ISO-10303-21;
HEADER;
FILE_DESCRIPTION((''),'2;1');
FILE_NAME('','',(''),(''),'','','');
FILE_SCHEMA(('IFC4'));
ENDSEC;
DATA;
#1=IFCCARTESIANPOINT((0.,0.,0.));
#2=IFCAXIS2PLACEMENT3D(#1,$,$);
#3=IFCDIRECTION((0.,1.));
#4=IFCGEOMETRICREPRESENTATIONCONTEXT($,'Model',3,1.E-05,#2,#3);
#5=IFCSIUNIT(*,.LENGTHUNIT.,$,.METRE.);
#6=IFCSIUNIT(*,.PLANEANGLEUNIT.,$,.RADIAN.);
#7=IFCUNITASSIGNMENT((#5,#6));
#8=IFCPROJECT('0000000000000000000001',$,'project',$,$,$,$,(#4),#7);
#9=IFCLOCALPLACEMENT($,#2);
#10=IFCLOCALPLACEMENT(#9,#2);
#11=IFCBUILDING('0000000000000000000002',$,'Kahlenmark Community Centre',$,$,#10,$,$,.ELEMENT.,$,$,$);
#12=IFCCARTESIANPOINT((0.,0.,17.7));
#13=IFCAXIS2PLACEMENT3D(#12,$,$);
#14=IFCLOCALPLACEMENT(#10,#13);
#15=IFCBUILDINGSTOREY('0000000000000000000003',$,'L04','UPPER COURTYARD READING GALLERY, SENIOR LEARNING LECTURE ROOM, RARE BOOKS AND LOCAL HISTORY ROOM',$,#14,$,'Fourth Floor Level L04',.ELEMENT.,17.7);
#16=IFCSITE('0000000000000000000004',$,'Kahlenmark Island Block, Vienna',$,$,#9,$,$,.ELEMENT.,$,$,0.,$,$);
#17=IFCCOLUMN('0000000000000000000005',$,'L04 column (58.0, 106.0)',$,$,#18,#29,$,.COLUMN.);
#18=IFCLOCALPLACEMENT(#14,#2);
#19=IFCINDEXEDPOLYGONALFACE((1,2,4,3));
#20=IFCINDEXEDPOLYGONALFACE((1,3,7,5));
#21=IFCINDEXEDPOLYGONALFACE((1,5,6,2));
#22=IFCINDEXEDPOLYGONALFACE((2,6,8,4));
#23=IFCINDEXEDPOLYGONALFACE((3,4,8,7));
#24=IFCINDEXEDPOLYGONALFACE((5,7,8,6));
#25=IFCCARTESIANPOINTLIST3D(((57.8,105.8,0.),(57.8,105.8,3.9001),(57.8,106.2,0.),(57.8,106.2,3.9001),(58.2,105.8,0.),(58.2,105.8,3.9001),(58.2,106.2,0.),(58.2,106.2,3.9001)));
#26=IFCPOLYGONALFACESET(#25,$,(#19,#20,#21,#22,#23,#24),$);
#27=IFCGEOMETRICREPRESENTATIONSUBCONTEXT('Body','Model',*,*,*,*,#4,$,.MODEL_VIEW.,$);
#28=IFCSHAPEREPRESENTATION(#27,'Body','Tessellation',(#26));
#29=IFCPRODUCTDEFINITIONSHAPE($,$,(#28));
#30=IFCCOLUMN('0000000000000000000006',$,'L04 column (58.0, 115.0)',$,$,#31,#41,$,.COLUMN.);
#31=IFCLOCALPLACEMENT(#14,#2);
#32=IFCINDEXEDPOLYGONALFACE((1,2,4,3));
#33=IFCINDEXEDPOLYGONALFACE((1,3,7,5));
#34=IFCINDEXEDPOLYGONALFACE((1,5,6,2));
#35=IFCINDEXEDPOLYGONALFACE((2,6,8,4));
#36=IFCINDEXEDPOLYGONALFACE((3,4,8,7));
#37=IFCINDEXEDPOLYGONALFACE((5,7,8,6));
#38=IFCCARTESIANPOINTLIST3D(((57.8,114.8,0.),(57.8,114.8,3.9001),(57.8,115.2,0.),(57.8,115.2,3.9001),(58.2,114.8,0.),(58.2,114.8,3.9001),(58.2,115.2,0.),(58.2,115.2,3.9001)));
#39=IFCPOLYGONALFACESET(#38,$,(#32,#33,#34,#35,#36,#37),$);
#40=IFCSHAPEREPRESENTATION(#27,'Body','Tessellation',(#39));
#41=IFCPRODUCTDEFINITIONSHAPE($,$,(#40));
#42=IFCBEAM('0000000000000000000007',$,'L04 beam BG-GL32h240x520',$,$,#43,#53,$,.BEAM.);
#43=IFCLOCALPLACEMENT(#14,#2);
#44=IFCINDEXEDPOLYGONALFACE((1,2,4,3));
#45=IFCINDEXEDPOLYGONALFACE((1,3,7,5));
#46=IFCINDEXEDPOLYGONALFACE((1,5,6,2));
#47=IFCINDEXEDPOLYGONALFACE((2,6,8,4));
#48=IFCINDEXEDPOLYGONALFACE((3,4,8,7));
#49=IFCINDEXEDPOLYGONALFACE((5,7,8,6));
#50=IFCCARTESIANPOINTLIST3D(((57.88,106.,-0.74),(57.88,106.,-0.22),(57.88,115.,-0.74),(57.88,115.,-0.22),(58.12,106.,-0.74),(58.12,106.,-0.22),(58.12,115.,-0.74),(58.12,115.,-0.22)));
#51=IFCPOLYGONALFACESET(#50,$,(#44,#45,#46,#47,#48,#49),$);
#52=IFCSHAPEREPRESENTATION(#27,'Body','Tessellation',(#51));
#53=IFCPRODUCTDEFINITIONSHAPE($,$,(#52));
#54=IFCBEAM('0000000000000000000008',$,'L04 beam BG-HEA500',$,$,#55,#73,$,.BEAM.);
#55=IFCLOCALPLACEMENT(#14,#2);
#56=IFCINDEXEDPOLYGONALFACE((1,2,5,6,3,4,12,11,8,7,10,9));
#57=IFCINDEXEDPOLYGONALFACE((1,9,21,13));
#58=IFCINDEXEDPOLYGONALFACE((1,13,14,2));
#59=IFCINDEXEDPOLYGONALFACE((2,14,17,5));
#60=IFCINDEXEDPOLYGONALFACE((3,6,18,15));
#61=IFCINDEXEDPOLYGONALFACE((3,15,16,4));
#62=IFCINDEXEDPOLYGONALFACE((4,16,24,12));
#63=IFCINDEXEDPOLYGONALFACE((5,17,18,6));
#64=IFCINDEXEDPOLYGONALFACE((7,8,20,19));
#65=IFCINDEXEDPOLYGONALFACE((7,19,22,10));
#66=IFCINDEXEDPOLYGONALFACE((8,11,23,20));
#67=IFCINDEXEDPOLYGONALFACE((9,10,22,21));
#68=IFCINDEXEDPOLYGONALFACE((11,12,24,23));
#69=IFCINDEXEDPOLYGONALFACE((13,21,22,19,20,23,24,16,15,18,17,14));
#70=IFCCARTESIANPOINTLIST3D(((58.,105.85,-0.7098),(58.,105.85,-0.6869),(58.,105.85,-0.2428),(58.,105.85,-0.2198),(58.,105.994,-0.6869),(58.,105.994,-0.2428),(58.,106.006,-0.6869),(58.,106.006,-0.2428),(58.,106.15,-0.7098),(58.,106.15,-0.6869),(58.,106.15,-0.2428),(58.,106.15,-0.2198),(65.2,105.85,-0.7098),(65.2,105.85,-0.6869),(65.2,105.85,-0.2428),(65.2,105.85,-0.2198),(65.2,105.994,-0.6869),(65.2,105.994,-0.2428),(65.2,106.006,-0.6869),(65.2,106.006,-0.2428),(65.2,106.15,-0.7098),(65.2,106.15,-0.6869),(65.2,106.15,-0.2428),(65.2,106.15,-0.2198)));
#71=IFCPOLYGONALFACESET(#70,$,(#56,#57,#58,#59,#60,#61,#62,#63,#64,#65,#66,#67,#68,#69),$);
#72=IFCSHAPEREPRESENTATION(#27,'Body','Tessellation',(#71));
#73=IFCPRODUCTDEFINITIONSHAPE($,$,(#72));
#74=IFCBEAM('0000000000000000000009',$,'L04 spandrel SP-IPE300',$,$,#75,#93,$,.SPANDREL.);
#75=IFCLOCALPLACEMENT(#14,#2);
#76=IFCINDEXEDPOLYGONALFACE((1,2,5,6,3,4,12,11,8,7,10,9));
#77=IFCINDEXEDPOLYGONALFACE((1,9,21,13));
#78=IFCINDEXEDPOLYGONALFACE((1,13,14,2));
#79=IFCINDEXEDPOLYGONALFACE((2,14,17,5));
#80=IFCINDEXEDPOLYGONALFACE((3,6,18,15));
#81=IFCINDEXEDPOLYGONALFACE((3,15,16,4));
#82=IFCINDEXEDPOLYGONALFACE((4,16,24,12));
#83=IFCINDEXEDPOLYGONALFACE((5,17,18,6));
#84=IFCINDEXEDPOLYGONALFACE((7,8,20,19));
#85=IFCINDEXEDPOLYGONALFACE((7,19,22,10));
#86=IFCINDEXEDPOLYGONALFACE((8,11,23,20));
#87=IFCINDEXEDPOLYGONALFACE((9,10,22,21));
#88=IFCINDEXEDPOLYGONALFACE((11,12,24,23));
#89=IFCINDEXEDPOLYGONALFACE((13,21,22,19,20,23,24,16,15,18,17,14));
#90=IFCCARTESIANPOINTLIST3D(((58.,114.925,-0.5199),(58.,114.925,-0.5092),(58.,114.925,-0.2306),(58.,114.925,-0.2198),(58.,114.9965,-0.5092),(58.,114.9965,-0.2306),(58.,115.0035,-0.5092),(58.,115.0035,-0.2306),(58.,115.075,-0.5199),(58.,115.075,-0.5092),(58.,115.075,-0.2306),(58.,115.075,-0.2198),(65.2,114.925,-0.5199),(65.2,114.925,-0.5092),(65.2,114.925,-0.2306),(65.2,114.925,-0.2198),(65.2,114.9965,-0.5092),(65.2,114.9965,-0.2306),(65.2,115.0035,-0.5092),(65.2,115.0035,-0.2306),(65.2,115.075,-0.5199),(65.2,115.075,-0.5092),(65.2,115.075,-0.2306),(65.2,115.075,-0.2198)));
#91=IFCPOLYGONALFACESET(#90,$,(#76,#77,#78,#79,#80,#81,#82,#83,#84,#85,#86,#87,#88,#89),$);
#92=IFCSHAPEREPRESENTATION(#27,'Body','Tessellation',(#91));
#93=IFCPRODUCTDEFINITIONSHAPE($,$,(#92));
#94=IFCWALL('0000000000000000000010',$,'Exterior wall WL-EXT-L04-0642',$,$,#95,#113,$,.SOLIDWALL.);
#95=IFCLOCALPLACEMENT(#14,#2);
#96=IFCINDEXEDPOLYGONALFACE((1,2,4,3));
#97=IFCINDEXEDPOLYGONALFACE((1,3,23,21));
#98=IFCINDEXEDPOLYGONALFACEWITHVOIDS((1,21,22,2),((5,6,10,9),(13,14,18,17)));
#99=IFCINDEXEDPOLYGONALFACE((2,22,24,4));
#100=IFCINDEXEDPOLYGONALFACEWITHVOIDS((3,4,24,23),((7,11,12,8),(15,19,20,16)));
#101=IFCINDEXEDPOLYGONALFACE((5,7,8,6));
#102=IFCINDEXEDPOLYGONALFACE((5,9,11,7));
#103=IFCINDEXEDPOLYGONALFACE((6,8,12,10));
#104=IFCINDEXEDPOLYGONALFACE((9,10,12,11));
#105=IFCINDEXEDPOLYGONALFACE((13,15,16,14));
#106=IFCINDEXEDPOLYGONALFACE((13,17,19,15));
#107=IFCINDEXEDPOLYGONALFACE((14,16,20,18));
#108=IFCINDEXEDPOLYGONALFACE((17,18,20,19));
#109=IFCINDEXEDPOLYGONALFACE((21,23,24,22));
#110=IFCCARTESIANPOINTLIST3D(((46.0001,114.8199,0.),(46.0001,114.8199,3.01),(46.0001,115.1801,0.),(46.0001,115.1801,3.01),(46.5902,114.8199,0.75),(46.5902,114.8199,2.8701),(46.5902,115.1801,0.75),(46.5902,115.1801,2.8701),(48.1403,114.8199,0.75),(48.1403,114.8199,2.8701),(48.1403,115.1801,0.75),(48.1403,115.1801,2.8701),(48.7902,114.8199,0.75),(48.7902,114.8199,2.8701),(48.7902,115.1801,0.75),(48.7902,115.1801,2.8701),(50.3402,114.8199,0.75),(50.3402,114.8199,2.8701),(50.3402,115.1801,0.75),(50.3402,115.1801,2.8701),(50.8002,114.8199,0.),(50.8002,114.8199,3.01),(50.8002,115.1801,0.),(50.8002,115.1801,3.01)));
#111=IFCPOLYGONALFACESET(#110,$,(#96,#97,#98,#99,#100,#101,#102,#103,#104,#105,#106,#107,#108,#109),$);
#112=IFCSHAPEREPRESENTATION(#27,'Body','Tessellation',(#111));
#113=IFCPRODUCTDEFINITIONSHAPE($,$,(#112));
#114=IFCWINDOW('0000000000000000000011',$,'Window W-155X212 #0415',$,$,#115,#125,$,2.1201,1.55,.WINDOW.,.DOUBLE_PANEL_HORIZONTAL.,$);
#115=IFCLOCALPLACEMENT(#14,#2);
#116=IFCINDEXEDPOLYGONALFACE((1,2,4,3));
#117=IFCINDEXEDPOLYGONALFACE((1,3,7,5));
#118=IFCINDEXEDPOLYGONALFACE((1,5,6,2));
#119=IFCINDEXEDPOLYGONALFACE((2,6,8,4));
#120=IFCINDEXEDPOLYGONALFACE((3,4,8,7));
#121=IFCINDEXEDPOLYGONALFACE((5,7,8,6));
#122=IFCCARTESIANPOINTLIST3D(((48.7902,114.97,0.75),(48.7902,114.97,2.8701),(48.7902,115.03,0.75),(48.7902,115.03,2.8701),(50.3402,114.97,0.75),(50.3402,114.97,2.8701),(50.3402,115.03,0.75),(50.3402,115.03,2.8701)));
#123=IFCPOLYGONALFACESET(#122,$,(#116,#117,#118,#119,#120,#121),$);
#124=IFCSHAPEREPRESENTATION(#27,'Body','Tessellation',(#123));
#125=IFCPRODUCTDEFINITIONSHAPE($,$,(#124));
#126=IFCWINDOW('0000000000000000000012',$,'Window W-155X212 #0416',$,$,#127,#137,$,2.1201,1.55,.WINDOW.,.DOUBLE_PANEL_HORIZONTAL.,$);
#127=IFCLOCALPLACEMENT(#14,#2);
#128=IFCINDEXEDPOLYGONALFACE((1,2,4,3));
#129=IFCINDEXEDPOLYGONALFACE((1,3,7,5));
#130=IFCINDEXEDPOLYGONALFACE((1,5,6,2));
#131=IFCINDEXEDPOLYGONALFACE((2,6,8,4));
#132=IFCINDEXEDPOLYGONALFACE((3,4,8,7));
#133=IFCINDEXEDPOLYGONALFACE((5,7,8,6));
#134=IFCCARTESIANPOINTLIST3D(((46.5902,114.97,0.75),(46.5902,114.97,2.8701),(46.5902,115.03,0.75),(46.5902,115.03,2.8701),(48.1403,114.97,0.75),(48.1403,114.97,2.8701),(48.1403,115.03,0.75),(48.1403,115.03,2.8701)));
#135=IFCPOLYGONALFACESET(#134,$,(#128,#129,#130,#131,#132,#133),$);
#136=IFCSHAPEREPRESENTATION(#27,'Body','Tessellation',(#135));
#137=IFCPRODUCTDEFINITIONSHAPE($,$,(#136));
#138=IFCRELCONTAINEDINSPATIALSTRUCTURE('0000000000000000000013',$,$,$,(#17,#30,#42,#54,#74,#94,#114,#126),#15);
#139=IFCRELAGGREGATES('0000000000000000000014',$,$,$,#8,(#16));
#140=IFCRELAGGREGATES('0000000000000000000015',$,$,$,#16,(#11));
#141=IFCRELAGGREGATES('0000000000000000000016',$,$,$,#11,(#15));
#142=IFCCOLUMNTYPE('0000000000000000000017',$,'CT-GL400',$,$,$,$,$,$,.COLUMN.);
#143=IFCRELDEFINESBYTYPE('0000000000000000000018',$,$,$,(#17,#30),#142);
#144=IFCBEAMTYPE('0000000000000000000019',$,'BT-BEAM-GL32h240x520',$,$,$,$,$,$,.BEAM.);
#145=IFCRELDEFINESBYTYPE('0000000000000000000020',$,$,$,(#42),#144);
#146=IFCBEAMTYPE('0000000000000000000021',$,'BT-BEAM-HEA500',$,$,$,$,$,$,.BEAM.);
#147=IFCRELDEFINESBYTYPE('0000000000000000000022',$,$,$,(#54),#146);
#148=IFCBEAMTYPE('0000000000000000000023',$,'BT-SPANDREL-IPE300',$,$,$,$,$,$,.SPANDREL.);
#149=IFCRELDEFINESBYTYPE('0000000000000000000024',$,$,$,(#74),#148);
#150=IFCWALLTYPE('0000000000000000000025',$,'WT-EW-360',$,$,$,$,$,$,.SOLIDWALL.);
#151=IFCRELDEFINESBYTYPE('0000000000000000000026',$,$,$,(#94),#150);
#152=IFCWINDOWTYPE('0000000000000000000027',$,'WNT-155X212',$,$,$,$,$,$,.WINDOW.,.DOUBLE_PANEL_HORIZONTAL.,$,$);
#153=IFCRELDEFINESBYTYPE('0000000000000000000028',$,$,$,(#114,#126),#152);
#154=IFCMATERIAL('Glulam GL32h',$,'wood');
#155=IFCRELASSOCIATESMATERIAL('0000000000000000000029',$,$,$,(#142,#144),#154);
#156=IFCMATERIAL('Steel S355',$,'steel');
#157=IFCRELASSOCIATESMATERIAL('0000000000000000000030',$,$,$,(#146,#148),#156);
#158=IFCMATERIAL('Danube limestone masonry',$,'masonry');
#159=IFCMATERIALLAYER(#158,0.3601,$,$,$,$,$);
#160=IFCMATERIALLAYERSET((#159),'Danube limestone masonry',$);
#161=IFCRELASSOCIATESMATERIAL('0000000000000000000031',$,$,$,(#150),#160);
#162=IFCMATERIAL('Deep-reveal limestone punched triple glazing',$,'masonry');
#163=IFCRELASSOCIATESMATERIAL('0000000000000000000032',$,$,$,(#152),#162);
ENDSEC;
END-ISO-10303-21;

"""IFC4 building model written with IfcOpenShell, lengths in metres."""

from ifc_helpers import new_model, si_unit, direction, frame, frame_2d, origin, origin_2d, place, context, subcontext, project, spatial, rectangle, i_section, extrude, material, layer, layer_set, material_profile, profile_set, type_object, element, fill, save


model = new_model("IFC4")

# Units and contexts
model_context = context("Model", 3, precision=1e-05, world=origin(), true_north=direction((0.0, 1.0)))
body_context = subcontext(model_context, "Body", "Model", "MODEL_VIEW")
ifc_project = project(units=[si_unit("LENGTHUNIT", "METRE"), si_unit("PLANEANGLEUNIT", "RADIAN")], contexts=[model_context])

# Site, building, storey
site_placement = place(None, origin())
site = spatial("IfcSite", under=ifc_project, at=site_placement, Name="Kahlenmark Island Block, Vienna", CompositionType="ELEMENT", RefElevation=0.0)
building_placement = place(site_placement, origin())
building = spatial("IfcBuilding", under=site, at=building_placement, Name="Kahlenmark Community Centre", CompositionType="ELEMENT")
storey_placement = place(building_placement, frame((0.0, 0.0, 17.7)))
storey = spatial("IfcBuildingStorey", under=building, at=storey_placement, Name="L04", Description="UPPER COURTYARD READING GALLERY, SENIOR LEARNING LECTURE ROOM, RARE BOOKS AND LOCAL HISTORY ROOM", LongName="Fourth Floor Level L04", CompositionType="ELEMENT", Elevation=17.7)

# Columns
ifc_material_1 = material(Name="Glulam GL32h", Category="wood")
ifc_material_profile_1 = material_profile(ifc_material_1, rectangle(XDim=0.3999, YDim=0.3999, at=origin_2d()), Name="GL32h 400x400")
ifc_profile_set_1 = profile_set([ifc_material_profile_1], Name="Glulam GL32h")
column_type = type_object("IfcColumnType", Name="CT-GL400", PredefinedType="COLUMN", material=ifc_profile_set_1)
for number, where, z_axis, x_axis, name in (
    (1, (58.0, 106.0, 0.0), (0.0, 0.0, 1.0), (1.0, 0.0, 0.0), "L04 column (58.0, 106.0)"),
    (2, (58.0, 115.0, 0.0), (0.0, 0.0, 1.0), (1.0, 0.0, 0.0), "L04 column (58.0, 115.0)"),
):
    element("IfcColumn", number, at=place(storey_placement, frame(where, z_axis=z_axis, x_axis=x_axis)), inside=storey, type_object=column_type, Name=name, PredefinedType="COLUMN", context=body_context, shape_type="SweptSolid", body=[
        extrude(rectangle(XDim=0.3999, YDim=0.3999, at=origin_2d()), origin(), (0.0, 0.0, 1.0), 3.9001),
    ])

# Beams
ifc_material_profile_2 = material_profile(ifc_material_1, rectangle(XDim=0.24, YDim=0.52, at=origin_2d()), Name="GL32h 240x520")
ifc_profile_set_2 = profile_set([ifc_material_profile_2], Name="Glulam GL32h")
beam_type_1 = type_object("IfcBeamType", Name="BT-BEAM-GL32h240x520", PredefinedType="BEAM", material=ifc_profile_set_2)
beam_1_placement = place(storey_placement, frame((58.0, 106.0, -0.48), z_axis=(0.0, 1.0, 0.0), x_axis=(-1.0, 0.0, 0.0)))
element("IfcBeam", 3, at=beam_1_placement, inside=storey, type_object=beam_type_1, Name="L04 beam BG-GL32h240x520", PredefinedType="BEAM", context=body_context, shape_type="SweptSolid", body=[
    extrude(rectangle(XDim=0.24, YDim=0.52, at=origin_2d()), origin(), (0.0, 0.0, 1.0), 9.0),
])
ifc_material_2 = material(Name="Steel S355", Category="steel")
ifc_material_profile_3 = material_profile(ifc_material_2, i_section(OverallWidth=0.3, OverallDepth=0.49, WebThickness=0.012, FlangeThickness=0.0229, at=origin_2d()), Name="HEA 500")
ifc_profile_set_3 = profile_set([ifc_material_profile_3], Name="Steel S355")
beam_type_2 = type_object("IfcBeamType", Name="BT-BEAM-HEA500", PredefinedType="BEAM", material=ifc_profile_set_3)
beam_2_placement = place(storey_placement, frame((58.0, 106.0, -0.4648), z_axis=(1.0, 0.0, 0.0), x_axis=(0.0, 1.0, 0.0)))
element("IfcBeam", 4, at=beam_2_placement, inside=storey, type_object=beam_type_2, Name="L04 beam BG-HEA500", PredefinedType="BEAM", context=body_context, shape_type="SweptSolid", body=[
    extrude(i_section(OverallWidth=0.3, OverallDepth=0.49, WebThickness=0.012, FlangeThickness=0.0229, at=origin_2d()), origin(), (0.0, 0.0, 1.0), 7.2),
])
ifc_material_profile_4 = material_profile(ifc_material_2, i_section(OverallWidth=0.1499, OverallDepth=0.3, WebThickness=0.0071, FlangeThickness=0.0107, at=origin_2d()), Name="IPE 300")
ifc_profile_set_4 = profile_set([ifc_material_profile_4], Name="Steel S355")
beam_type_3 = type_object("IfcBeamType", Name="BT-SPANDREL-IPE300", PredefinedType="SPANDREL", material=ifc_profile_set_4)
beam_3_placement = place(storey_placement, frame((58.0, 115.0, -0.3699), z_axis=(1.0, 0.0, 0.0), x_axis=(0.0, 1.0, 0.0)))
element("IfcBeam", 5, at=beam_3_placement, inside=storey, type_object=beam_type_3, Name="L04 spandrel SP-IPE300", PredefinedType="SPANDREL", context=body_context, shape_type="SweptSolid", body=[
    extrude(i_section(OverallWidth=0.1499, OverallDepth=0.3, WebThickness=0.0071, FlangeThickness=0.0107, at=origin_2d()), origin(), (0.0, 0.0, 1.0), 7.2),
])

# Wall, openings, windows
ifc_material_3 = material(Name="Danube limestone masonry", Category="masonry")
ifc_layer_1 = layer(ifc_material_3, 0.3601)
ifc_layer_set_1 = layer_set([ifc_layer_1], Name="Danube limestone masonry")
wall_type_1 = type_object("IfcWallType", Name="WT-EW-360", PredefinedType="SOLIDWALL", material=ifc_layer_set_1)
wall_1_placement = place(storey_placement, frame((50.8, 115.0, 0.0), z_axis=(0.0, 0.0, 1.0), x_axis=(-1.0, 0.0, 0.0)))
wall_1 = element("IfcWall", 6, at=wall_1_placement, inside=storey, type_object=wall_type_1, Name="Exterior wall WL-EXT-L04-0642", PredefinedType="SOLIDWALL", context=body_context, shape_type="SweptSolid", body=[
    extrude(rectangle(XDim=4.8, YDim=0.3601, at=frame_2d((2.3999, 0.0))), origin(), (0.0, 0.0, 1.0), 3.01),
])
opening_1_placement = place(wall_1_placement, frame((0.46, 0.0, 0.75)))
opening_1 = element("IfcOpeningElement", 7, at=opening_1_placement, cuts=wall_1, PredefinedType="OPENING", context=body_context, shape_type="SweptSolid", body=[
    extrude(rectangle(XDim=1.55, YDim=2.1201, at=frame_2d((0.7749, 1.0601))), frame((0.0, 0.1899, 0.0), z_axis=(0.0, -1.0, 0.0), x_axis=(1.0, 0.0, 0.0)), (0.0, 0.0, 1.0), 0.3801),
])
opening_2_placement = place(wall_1_placement, frame((2.6599, 0.0, 0.75)))
opening_2 = element("IfcOpeningElement", 8, at=opening_2_placement, cuts=wall_1, PredefinedType="OPENING", context=body_context, shape_type="SweptSolid", body=[
    extrude(rectangle(XDim=1.55, YDim=2.1201, at=frame_2d((0.7749, 1.0601))), frame((0.0, 0.1899, 0.0), z_axis=(0.0, -1.0, 0.0), x_axis=(1.0, 0.0, 0.0)), (0.0, 0.0, 1.0), 0.3801),
])
ifc_material_4 = material(Name="Deep-reveal limestone punched triple glazing", Category="masonry")
window_type_1 = type_object("IfcWindowType", Name="WNT-155X212", PartitioningType="DOUBLE_PANEL_HORIZONTAL", PredefinedType="WINDOW", material=ifc_material_4)
window_1_placement = place(opening_1_placement, origin())
window_1 = element("IfcWindow", 9, at=window_1_placement, inside=storey, type_object=window_type_1, Name="Window W-155X212 #0415", OverallHeight=2.1201, OverallWidth=1.55, PartitioningType="DOUBLE_PANEL_HORIZONTAL", PredefinedType="WINDOW", context=body_context, shape_type="SweptSolid", body=[
    extrude(rectangle(XDim=1.55, YDim=2.1201, at=frame_2d((0.7749, 1.0601))), frame((0.0, 0.03, 0.0), z_axis=(0.0, -1.0, 0.0), x_axis=(1.0, 0.0, 0.0)), (0.0, 0.0, 1.0), 0.0601),
])
fill(opening_1, window_1)
window_2_placement = place(opening_2_placement, origin())
window_2 = element("IfcWindow", 10, at=window_2_placement, inside=storey, type_object=window_type_1, Name="Window W-155X212 #0416", OverallHeight=2.1201, OverallWidth=1.55, PartitioningType="DOUBLE_PANEL_HORIZONTAL", PredefinedType="WINDOW", context=body_context, shape_type="SweptSolid", body=[
    extrude(rectangle(XDim=1.55, YDim=2.1201, at=frame_2d((0.7749, 1.0601))), frame((0.0, 0.03, 0.0), z_axis=(0.0, -1.0, 0.0), x_axis=(1.0, 0.0, 0.0)), (0.0, 0.0, 1.0), 0.0601),
])
fill(opening_2, window_2)

save(model, "model.ifc")
